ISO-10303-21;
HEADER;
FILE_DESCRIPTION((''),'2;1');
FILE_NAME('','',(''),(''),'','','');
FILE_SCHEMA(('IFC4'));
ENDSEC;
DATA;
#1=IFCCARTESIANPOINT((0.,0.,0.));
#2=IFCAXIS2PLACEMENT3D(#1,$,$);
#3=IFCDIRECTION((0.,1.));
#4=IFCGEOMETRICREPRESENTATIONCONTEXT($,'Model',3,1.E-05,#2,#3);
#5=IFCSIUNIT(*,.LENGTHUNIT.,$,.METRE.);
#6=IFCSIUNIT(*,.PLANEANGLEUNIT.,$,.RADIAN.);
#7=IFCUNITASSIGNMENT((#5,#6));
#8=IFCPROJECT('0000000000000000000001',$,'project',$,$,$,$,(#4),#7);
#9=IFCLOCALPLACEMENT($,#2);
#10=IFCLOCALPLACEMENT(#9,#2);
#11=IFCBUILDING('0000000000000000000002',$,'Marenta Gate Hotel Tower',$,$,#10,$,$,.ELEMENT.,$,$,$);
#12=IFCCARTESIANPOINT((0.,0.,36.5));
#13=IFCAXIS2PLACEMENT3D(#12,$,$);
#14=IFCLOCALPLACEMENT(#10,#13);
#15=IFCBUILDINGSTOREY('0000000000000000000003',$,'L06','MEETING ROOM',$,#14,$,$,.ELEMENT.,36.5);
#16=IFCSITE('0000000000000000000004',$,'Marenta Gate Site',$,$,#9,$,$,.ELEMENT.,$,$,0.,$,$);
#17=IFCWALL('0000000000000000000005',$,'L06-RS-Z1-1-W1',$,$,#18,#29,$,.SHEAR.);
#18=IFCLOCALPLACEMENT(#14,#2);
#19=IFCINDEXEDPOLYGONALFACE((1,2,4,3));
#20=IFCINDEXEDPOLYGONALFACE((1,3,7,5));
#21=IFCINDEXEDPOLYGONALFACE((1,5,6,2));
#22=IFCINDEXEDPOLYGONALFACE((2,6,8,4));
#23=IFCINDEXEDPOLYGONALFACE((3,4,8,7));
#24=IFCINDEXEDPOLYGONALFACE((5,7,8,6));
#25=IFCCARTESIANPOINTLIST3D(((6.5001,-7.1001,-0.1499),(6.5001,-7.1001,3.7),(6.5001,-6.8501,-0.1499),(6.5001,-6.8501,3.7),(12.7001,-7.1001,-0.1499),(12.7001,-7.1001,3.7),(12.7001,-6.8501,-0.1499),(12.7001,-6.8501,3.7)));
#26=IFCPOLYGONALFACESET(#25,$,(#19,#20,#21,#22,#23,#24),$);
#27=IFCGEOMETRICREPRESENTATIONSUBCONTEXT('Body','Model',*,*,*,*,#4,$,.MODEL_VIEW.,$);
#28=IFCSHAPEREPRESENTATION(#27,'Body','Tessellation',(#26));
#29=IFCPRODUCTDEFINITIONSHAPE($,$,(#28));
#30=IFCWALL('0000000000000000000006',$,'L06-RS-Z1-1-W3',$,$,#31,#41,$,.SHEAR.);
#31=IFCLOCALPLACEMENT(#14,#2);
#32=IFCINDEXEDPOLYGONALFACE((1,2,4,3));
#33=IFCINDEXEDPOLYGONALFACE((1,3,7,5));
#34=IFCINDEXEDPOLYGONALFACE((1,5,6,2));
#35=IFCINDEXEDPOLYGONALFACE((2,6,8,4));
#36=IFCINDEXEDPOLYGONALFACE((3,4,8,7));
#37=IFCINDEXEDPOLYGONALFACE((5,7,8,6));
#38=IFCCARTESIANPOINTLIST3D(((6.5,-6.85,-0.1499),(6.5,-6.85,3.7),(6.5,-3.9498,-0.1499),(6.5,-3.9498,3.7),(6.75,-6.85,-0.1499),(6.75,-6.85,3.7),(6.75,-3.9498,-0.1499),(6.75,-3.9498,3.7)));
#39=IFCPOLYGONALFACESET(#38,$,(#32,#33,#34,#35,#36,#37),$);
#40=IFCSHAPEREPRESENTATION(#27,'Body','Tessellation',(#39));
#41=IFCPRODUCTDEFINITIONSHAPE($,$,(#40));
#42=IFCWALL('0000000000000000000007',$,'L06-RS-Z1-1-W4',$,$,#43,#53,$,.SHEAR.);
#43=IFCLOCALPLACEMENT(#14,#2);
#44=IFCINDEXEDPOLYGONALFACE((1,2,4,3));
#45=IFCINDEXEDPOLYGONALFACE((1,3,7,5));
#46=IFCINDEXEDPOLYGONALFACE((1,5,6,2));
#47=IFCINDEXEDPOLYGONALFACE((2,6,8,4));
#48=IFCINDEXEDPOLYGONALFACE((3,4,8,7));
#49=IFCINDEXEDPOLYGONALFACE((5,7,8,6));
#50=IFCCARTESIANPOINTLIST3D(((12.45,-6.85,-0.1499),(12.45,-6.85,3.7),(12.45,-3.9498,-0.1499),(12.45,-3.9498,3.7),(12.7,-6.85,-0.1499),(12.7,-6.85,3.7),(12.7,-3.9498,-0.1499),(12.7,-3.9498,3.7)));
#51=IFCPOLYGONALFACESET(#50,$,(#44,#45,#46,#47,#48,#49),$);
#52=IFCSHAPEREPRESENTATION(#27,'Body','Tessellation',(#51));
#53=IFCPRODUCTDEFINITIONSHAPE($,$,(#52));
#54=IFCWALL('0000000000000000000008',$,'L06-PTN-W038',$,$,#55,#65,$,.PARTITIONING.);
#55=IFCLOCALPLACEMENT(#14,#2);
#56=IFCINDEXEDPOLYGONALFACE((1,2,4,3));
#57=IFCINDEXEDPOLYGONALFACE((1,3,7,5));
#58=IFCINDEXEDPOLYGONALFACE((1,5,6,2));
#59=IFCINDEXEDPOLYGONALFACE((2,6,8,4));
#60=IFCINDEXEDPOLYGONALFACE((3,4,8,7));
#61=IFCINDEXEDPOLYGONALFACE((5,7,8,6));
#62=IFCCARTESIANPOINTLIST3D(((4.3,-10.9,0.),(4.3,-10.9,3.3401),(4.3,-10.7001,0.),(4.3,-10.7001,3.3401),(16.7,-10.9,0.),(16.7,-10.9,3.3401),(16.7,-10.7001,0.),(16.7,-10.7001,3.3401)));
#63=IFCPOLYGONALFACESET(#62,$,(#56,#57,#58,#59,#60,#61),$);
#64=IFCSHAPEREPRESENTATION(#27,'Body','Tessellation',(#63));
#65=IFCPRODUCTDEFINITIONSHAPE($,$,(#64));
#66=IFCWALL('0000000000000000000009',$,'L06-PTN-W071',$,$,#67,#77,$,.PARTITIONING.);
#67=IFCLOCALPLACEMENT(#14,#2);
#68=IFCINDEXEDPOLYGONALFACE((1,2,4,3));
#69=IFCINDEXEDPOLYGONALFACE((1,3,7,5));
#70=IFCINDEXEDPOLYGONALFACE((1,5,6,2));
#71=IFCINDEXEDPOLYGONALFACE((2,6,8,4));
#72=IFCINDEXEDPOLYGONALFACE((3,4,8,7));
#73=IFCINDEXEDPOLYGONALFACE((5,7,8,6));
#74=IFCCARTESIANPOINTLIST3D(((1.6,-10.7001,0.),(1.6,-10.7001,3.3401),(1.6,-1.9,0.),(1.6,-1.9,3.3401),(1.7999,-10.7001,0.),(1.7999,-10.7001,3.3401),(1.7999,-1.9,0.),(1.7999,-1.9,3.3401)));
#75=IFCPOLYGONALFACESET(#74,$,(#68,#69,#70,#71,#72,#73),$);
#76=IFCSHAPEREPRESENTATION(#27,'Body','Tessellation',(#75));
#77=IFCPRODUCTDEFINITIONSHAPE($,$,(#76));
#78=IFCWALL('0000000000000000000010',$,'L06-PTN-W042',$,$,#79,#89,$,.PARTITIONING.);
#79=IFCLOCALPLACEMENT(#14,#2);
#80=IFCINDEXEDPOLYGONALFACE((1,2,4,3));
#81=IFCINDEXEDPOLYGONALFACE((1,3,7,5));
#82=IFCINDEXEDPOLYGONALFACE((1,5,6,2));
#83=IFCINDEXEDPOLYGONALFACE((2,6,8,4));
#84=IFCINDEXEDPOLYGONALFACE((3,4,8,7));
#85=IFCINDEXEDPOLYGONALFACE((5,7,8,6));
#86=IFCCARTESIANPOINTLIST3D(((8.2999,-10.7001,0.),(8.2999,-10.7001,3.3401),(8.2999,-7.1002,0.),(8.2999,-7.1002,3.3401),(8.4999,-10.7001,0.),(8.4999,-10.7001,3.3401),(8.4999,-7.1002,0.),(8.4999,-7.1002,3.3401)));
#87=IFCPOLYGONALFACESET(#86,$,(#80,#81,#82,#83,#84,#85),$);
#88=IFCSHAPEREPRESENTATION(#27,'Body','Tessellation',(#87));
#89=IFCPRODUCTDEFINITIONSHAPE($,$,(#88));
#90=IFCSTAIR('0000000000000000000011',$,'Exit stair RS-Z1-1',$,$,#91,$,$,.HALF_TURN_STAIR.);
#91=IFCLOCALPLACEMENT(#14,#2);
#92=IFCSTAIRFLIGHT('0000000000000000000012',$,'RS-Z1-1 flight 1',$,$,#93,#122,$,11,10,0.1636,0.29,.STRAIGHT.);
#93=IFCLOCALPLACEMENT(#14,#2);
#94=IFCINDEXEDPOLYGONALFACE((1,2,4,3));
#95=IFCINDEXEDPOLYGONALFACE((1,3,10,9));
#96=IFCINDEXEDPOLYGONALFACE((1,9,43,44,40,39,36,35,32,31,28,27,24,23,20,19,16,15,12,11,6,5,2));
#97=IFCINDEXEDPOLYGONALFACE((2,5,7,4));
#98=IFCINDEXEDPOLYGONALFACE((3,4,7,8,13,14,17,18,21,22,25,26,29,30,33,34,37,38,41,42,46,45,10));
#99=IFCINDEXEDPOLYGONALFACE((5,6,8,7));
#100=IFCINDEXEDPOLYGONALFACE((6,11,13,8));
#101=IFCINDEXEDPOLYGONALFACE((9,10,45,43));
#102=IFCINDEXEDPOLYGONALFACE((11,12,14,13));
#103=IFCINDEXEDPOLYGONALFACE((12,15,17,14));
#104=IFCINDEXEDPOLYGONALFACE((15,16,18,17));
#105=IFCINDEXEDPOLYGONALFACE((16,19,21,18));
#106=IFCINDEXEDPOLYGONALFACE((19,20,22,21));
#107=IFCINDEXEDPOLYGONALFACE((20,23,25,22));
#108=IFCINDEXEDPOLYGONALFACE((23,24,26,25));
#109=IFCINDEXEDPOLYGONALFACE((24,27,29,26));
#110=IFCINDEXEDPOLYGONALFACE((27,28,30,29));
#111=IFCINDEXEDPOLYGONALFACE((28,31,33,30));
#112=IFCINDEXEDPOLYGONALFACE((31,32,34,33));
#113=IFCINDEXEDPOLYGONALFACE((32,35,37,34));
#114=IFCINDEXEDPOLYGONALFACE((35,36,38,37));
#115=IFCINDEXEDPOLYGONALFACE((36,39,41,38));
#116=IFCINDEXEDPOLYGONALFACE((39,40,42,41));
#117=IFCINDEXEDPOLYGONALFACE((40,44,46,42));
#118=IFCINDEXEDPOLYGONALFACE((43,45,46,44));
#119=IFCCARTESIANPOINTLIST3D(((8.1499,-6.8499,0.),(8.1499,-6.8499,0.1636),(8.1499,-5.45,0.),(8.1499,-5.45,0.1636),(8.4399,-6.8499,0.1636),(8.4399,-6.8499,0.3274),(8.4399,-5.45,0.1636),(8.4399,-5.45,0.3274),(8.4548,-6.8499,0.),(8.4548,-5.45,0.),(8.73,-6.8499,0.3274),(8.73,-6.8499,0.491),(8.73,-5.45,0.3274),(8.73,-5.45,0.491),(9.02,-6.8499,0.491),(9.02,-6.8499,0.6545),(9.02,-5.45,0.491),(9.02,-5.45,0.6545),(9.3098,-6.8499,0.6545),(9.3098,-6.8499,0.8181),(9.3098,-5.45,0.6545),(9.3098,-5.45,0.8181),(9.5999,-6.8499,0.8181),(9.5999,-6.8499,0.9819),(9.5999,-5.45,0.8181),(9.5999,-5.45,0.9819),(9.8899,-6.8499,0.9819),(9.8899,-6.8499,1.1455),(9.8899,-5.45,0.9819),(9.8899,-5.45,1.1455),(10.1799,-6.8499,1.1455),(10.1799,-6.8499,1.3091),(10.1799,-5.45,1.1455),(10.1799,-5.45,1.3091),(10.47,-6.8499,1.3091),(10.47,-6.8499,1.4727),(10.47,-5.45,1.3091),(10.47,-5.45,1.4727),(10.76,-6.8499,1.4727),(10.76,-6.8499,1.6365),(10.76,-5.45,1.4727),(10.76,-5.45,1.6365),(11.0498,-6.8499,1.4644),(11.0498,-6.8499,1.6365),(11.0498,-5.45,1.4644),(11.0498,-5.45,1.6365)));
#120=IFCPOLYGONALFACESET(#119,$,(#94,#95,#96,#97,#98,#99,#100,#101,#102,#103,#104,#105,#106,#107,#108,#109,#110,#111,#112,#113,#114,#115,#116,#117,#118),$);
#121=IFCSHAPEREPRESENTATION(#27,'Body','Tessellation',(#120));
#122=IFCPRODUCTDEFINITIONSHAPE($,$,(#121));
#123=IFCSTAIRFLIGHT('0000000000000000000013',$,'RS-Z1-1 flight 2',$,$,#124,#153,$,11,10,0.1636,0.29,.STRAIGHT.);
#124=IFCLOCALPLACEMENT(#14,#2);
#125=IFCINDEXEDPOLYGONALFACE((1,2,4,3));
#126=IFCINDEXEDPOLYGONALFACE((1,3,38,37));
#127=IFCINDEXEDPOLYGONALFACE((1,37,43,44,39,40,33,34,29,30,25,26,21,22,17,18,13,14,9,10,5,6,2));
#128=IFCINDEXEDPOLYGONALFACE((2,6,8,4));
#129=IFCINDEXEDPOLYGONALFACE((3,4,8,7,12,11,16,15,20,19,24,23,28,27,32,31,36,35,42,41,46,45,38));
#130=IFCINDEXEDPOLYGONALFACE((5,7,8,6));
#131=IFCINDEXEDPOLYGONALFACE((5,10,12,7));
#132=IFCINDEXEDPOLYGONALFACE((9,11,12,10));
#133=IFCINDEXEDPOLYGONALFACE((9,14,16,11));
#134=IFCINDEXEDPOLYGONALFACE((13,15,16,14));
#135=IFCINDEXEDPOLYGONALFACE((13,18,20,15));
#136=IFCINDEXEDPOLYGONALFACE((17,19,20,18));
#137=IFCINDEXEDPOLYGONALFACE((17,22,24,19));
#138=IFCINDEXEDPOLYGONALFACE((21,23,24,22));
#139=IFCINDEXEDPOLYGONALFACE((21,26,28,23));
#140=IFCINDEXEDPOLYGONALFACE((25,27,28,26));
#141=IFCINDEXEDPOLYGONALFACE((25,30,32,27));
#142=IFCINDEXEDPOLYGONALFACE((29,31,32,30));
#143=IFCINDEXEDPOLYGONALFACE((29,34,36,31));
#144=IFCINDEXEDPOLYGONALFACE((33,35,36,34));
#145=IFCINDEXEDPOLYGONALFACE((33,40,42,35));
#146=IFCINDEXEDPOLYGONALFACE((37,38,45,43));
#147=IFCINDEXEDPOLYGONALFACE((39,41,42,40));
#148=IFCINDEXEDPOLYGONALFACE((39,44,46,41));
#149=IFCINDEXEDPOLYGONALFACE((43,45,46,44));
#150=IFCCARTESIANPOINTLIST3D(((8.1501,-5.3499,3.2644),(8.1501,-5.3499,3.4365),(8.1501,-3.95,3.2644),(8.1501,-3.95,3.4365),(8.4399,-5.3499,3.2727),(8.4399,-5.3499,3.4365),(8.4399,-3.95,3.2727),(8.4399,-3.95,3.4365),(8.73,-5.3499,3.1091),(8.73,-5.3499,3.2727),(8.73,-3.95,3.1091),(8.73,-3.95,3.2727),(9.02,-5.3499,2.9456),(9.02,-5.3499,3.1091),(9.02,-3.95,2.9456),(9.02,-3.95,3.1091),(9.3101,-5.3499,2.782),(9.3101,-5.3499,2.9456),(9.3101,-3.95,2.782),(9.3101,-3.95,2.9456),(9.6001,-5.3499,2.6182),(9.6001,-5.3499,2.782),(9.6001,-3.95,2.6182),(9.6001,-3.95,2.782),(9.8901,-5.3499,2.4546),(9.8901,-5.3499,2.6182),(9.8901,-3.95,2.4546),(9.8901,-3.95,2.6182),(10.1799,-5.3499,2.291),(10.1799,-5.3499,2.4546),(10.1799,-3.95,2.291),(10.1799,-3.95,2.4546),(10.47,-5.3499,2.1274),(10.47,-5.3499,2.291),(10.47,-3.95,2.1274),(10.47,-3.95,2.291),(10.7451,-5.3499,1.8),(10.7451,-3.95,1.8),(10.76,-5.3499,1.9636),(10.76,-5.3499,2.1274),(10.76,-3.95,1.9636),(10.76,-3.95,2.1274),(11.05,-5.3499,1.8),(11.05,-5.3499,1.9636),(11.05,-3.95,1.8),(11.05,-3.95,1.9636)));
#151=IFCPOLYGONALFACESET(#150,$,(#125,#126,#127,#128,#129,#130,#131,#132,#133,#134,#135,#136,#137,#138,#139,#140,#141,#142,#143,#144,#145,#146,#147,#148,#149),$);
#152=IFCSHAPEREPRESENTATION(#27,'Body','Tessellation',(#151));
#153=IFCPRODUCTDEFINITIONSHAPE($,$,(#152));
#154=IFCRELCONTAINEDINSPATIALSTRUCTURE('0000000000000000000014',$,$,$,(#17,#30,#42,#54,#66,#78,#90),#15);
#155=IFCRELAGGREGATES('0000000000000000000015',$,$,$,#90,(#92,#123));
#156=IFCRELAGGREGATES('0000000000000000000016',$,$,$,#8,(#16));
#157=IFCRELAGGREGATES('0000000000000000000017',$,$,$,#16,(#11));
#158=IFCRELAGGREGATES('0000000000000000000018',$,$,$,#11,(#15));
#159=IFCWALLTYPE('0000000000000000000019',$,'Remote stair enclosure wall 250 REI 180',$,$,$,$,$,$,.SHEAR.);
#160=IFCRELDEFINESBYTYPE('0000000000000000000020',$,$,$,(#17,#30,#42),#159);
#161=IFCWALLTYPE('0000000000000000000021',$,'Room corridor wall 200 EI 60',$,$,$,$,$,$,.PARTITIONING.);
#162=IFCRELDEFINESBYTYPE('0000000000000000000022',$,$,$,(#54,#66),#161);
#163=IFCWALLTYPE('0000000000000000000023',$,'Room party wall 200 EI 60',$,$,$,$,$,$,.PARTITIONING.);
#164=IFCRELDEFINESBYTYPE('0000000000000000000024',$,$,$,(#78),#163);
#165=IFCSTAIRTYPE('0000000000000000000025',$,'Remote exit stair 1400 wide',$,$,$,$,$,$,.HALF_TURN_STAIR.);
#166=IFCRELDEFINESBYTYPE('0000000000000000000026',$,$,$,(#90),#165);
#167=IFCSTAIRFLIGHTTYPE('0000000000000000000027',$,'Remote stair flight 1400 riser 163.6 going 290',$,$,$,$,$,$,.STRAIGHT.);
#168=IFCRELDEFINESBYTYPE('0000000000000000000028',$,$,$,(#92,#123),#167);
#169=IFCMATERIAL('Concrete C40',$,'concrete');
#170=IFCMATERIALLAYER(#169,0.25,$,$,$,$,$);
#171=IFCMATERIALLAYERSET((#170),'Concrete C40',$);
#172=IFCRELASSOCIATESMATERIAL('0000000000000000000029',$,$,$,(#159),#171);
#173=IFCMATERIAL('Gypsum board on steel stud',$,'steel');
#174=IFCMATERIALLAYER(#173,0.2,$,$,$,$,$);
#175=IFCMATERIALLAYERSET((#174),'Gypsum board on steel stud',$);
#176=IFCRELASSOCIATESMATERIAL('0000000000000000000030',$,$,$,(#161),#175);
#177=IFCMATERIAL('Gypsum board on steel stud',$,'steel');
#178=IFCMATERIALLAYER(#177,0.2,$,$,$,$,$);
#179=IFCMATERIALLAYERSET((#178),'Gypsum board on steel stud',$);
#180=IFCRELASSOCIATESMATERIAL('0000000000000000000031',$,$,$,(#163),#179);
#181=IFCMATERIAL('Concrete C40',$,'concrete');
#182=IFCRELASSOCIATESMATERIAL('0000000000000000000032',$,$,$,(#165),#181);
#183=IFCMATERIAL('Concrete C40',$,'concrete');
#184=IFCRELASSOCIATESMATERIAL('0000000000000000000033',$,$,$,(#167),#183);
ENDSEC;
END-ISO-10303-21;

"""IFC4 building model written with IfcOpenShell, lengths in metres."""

from ifc_helpers import new_model, si_unit, direction, frame, frame_2d, origin, place, context, subcontext, project, spatial, polyline, rectangle, outline, extrude, material, layer, layer_set, type_object, element, aggregate, save


model = new_model("IFC4")

# Units and contexts
model_context = context("Model", 3, precision=1e-05, world=origin(), true_north=direction((0.0, 1.0)))
body_context = subcontext(model_context, "Body", "Model", "MODEL_VIEW")
ifc_project = project(units=[si_unit("LENGTHUNIT", "METRE"), si_unit("PLANEANGLEUNIT", "RADIAN")], contexts=[model_context])

# Site, building, storey
site_placement = place(None, origin())
site = spatial("IfcSite", under=ifc_project, at=site_placement, Name="Marenta Gate Site", CompositionType="ELEMENT", RefElevation=0.0)
building_placement = place(site_placement, origin())
building = spatial("IfcBuilding", under=site, at=building_placement, Name="Marenta Gate Hotel Tower", CompositionType="ELEMENT")
storey_placement = place(building_placement, frame((0.0, 0.0, 36.5)))
storey = spatial("IfcBuildingStorey", under=building, at=storey_placement, Name="L06", Description="MEETING ROOM", CompositionType="ELEMENT", Elevation=36.5)

# Walls
ifc_material_1 = material(Name="Concrete C40", Category="concrete")
ifc_layer_1 = layer(ifc_material_1, 0.25)
ifc_layer_set_1 = layer_set([ifc_layer_1], Name="Concrete C40")
wall_type_1 = type_object("IfcWallType", Name="Remote stair enclosure wall 250 REI 180", PredefinedType="SHEAR", material=ifc_layer_set_1)
wall_1_placement = place(storey_placement, frame((6.5, -6.9751, -0.1499), z_axis=(0.0, 0.0, 1.0), x_axis=(1.0, 0.0, 0.0)))
element("IfcWall", 1, at=wall_1_placement, inside=storey, type_object=wall_type_1, Name="L06-RS-Z1-1-W1", PredefinedType="SHEAR", context=body_context, shape_type="SweptSolid", body=[
    extrude(rectangle(XDim=6.2, YDim=0.25, at=frame_2d((3.1001, 0.0))), origin(), (0.0, 0.0, 1.0), 3.8499),
])
for number, where, z_axis, x_axis, name in (
    (2, (6.625, -6.8501, -0.1499), (0.0, 0.0, 1.0), (0.0, 1.0, 0.0), "L06-RS-Z1-1-W3"),
    (3, (12.575, -6.8501, -0.1499), (0.0, 0.0, 1.0), (0.0, 1.0, 0.0), "L06-RS-Z1-1-W4"),
):
    element("IfcWall", number, at=place(storey_placement, frame(where, z_axis=z_axis, x_axis=x_axis)), inside=storey, type_object=wall_type_1, Name=name, PredefinedType="SHEAR", context=body_context, shape_type="SweptSolid", body=[
        extrude(rectangle(XDim=2.9001, YDim=0.25, at=frame_2d((1.4502, 0.0))), origin(), (0.0, 0.0, 1.0), 3.8499),
    ])
ifc_material_2 = material(Name="Gypsum board on steel stud", Category="steel")
ifc_layer_2 = layer(ifc_material_2, 0.2)
ifc_layer_set_2 = layer_set([ifc_layer_2], Name="Gypsum board on steel stud")
wall_type_2 = type_object("IfcWallType", Name="Room corridor wall 200 EI 60", PredefinedType="PARTITIONING", material=ifc_layer_set_2)
wall_2_placement = place(storey_placement, frame((4.3, -10.8, 0.0), z_axis=(0.0, 0.0, 1.0), x_axis=(1.0, 0.0, 0.0)))
element("IfcWall", 4, at=wall_2_placement, inside=storey, type_object=wall_type_2, Name="L06-PTN-W038", PredefinedType="PARTITIONING", context=body_context, shape_type="SweptSolid", body=[
    extrude(rectangle(XDim=12.3999, YDim=0.2, at=frame_2d((6.2, 0.0))), origin(), (0.0, 0.0, 1.0), 3.3401),
])
wall_3_placement = place(storey_placement, frame((1.7, -10.7, 0.0), z_axis=(0.0, 0.0, 1.0), x_axis=(0.0, 1.0, 0.0)))
element("IfcWall", 5, at=wall_3_placement, inside=storey, type_object=wall_type_2, Name="L06-PTN-W071", PredefinedType="PARTITIONING", context=body_context, shape_type="SweptSolid", body=[
    extrude(rectangle(XDim=8.8, YDim=0.2, at=frame_2d((4.3999, 0.0))), origin(), (0.0, 0.0, 1.0), 3.3401),
])
ifc_material_3 = material(Name="Gypsum board on steel stud", Category="steel")
ifc_layer_3 = layer(ifc_material_3, 0.2)
ifc_layer_set_3 = layer_set([ifc_layer_3], Name="Gypsum board on steel stud")
wall_type_3 = type_object("IfcWallType", Name="Room party wall 200 EI 60", PredefinedType="PARTITIONING", material=ifc_layer_set_3)
wall_4_placement = place(storey_placement, frame((8.3999, -10.7, 0.0), z_axis=(0.0, 0.0, 1.0), x_axis=(0.0, 1.0, 0.0)))
element("IfcWall", 6, at=wall_4_placement, inside=storey, type_object=wall_type_3, Name="L06-PTN-W042", PredefinedType="PARTITIONING", context=body_context, shape_type="SweptSolid", body=[
    extrude(rectangle(XDim=3.5999, YDim=0.2, at=frame_2d((1.7998, 0.0))), origin(), (0.0, 0.0, 1.0), 3.3401),
])

# Stair, stair flights
ifc_material_4 = material(Name="Concrete C40", Category="concrete")
stair_type = type_object("IfcStairType", Name="Remote exit stair 1400 wide", PredefinedType="HALF_TURN_STAIR", material=ifc_material_4)
stair_placement = place(storey_placement, origin())
stair = element("IfcStair", 7, at=stair_placement, inside=storey, type_object=stair_type, Name="Exit stair RS-Z1-1", PredefinedType="HALF_TURN_STAIR")
ifc_material_5 = material(Name="Concrete C40", Category="concrete")
stair_flight_type = type_object("IfcStairFlightType", Name="Remote stair flight 1400 riser 163.6 going 290", PredefinedType="STRAIGHT", material=ifc_material_5)
stair_flight_1_placement = place(storey_placement, frame((8.1499, -6.1499, 0.0), z_axis=(0.0, 0.0, 1.0), x_axis=(1.0, 0.0, 0.0)))
stair_flight_1 = element("IfcStairFlight", 8, at=stair_flight_1_placement, type_object=stair_flight_type, Name="RS-Z1-1 flight 1", NumberOfRisers=11, NumberOfTreads=10, PredefinedType="STRAIGHT", RiserHeight=0.1636, TreadLength=0.29, context=body_context, shape_type="SweptSolid", body=[
    extrude(outline(polyline([(0.0, 0.0), (0.0, 0.1636), (0.29, 0.1636), (0.29, 0.3274), (0.5801, 0.3274), (0.5801, 0.491), (0.8701, 0.491), (0.8701, 0.6545), (1.1599, 0.6545), (1.1599, 0.8181), (1.45, 0.8181), (1.45, 0.9819), (1.74, 0.9819), (1.74, 1.1455), (2.03, 1.1455), (2.03, 1.3091), (2.3201, 1.3091), (2.3201, 1.4727), (2.6101, 1.4727), (2.6101, 1.6365), (2.8999, 1.6365), (2.8999, 1.8), (2.8999, 1.4644), (0.3049, 0.0), (0.0, 0.0)])), frame((0.0, 0.7, 0.0), z_axis=(0.0, -1.0, 0.0), x_axis=(1.0, 0.0, 0.0)), (0.0, 0.0, 1.0), 1.3999),
])
stair_flight_2_placement = place(storey_placement, frame((11.05, -4.6499, 1.8), z_axis=(0.0, 0.0, 1.0), x_axis=(-1.0, 0.0, 0.0)))
stair_flight_2 = element("IfcStairFlight", 9, at=stair_flight_2_placement, type_object=stair_flight_type, Name="RS-Z1-1 flight 2", NumberOfRisers=11, NumberOfTreads=10, PredefinedType="STRAIGHT", RiserHeight=0.1636, TreadLength=0.29, context=body_context, shape_type="SweptSolid", body=[
    extrude(outline(polyline([(0.0, 0.0), (0.0, 0.1636), (0.29, 0.1636), (0.29, 0.3274), (0.5801, 0.3274), (0.5801, 0.491), (0.8701, 0.491), (0.8701, 0.6545), (1.1599, 0.6545), (1.1599, 0.8181), (1.45, 0.8181), (1.45, 0.9819), (1.74, 0.9819), (1.74, 1.1455), (2.03, 1.1455), (2.03, 1.3091), (2.3201, 1.3091), (2.3201, 1.4727), (2.6101, 1.4727), (2.6101, 1.6365), (2.8999, 1.6365), (2.8999, 1.8), (2.8999, 1.4644), (0.3049, 0.0), (0.0, 0.0)])), frame((0.0, 0.7, 0.0), z_axis=(0.0, -1.0, 0.0), x_axis=(1.0, 0.0, 0.0)), (0.0, 0.0, 1.0), 1.3999),
])
aggregate(stair, [stair_flight_1, stair_flight_2])

save(model, "model.ifc")
